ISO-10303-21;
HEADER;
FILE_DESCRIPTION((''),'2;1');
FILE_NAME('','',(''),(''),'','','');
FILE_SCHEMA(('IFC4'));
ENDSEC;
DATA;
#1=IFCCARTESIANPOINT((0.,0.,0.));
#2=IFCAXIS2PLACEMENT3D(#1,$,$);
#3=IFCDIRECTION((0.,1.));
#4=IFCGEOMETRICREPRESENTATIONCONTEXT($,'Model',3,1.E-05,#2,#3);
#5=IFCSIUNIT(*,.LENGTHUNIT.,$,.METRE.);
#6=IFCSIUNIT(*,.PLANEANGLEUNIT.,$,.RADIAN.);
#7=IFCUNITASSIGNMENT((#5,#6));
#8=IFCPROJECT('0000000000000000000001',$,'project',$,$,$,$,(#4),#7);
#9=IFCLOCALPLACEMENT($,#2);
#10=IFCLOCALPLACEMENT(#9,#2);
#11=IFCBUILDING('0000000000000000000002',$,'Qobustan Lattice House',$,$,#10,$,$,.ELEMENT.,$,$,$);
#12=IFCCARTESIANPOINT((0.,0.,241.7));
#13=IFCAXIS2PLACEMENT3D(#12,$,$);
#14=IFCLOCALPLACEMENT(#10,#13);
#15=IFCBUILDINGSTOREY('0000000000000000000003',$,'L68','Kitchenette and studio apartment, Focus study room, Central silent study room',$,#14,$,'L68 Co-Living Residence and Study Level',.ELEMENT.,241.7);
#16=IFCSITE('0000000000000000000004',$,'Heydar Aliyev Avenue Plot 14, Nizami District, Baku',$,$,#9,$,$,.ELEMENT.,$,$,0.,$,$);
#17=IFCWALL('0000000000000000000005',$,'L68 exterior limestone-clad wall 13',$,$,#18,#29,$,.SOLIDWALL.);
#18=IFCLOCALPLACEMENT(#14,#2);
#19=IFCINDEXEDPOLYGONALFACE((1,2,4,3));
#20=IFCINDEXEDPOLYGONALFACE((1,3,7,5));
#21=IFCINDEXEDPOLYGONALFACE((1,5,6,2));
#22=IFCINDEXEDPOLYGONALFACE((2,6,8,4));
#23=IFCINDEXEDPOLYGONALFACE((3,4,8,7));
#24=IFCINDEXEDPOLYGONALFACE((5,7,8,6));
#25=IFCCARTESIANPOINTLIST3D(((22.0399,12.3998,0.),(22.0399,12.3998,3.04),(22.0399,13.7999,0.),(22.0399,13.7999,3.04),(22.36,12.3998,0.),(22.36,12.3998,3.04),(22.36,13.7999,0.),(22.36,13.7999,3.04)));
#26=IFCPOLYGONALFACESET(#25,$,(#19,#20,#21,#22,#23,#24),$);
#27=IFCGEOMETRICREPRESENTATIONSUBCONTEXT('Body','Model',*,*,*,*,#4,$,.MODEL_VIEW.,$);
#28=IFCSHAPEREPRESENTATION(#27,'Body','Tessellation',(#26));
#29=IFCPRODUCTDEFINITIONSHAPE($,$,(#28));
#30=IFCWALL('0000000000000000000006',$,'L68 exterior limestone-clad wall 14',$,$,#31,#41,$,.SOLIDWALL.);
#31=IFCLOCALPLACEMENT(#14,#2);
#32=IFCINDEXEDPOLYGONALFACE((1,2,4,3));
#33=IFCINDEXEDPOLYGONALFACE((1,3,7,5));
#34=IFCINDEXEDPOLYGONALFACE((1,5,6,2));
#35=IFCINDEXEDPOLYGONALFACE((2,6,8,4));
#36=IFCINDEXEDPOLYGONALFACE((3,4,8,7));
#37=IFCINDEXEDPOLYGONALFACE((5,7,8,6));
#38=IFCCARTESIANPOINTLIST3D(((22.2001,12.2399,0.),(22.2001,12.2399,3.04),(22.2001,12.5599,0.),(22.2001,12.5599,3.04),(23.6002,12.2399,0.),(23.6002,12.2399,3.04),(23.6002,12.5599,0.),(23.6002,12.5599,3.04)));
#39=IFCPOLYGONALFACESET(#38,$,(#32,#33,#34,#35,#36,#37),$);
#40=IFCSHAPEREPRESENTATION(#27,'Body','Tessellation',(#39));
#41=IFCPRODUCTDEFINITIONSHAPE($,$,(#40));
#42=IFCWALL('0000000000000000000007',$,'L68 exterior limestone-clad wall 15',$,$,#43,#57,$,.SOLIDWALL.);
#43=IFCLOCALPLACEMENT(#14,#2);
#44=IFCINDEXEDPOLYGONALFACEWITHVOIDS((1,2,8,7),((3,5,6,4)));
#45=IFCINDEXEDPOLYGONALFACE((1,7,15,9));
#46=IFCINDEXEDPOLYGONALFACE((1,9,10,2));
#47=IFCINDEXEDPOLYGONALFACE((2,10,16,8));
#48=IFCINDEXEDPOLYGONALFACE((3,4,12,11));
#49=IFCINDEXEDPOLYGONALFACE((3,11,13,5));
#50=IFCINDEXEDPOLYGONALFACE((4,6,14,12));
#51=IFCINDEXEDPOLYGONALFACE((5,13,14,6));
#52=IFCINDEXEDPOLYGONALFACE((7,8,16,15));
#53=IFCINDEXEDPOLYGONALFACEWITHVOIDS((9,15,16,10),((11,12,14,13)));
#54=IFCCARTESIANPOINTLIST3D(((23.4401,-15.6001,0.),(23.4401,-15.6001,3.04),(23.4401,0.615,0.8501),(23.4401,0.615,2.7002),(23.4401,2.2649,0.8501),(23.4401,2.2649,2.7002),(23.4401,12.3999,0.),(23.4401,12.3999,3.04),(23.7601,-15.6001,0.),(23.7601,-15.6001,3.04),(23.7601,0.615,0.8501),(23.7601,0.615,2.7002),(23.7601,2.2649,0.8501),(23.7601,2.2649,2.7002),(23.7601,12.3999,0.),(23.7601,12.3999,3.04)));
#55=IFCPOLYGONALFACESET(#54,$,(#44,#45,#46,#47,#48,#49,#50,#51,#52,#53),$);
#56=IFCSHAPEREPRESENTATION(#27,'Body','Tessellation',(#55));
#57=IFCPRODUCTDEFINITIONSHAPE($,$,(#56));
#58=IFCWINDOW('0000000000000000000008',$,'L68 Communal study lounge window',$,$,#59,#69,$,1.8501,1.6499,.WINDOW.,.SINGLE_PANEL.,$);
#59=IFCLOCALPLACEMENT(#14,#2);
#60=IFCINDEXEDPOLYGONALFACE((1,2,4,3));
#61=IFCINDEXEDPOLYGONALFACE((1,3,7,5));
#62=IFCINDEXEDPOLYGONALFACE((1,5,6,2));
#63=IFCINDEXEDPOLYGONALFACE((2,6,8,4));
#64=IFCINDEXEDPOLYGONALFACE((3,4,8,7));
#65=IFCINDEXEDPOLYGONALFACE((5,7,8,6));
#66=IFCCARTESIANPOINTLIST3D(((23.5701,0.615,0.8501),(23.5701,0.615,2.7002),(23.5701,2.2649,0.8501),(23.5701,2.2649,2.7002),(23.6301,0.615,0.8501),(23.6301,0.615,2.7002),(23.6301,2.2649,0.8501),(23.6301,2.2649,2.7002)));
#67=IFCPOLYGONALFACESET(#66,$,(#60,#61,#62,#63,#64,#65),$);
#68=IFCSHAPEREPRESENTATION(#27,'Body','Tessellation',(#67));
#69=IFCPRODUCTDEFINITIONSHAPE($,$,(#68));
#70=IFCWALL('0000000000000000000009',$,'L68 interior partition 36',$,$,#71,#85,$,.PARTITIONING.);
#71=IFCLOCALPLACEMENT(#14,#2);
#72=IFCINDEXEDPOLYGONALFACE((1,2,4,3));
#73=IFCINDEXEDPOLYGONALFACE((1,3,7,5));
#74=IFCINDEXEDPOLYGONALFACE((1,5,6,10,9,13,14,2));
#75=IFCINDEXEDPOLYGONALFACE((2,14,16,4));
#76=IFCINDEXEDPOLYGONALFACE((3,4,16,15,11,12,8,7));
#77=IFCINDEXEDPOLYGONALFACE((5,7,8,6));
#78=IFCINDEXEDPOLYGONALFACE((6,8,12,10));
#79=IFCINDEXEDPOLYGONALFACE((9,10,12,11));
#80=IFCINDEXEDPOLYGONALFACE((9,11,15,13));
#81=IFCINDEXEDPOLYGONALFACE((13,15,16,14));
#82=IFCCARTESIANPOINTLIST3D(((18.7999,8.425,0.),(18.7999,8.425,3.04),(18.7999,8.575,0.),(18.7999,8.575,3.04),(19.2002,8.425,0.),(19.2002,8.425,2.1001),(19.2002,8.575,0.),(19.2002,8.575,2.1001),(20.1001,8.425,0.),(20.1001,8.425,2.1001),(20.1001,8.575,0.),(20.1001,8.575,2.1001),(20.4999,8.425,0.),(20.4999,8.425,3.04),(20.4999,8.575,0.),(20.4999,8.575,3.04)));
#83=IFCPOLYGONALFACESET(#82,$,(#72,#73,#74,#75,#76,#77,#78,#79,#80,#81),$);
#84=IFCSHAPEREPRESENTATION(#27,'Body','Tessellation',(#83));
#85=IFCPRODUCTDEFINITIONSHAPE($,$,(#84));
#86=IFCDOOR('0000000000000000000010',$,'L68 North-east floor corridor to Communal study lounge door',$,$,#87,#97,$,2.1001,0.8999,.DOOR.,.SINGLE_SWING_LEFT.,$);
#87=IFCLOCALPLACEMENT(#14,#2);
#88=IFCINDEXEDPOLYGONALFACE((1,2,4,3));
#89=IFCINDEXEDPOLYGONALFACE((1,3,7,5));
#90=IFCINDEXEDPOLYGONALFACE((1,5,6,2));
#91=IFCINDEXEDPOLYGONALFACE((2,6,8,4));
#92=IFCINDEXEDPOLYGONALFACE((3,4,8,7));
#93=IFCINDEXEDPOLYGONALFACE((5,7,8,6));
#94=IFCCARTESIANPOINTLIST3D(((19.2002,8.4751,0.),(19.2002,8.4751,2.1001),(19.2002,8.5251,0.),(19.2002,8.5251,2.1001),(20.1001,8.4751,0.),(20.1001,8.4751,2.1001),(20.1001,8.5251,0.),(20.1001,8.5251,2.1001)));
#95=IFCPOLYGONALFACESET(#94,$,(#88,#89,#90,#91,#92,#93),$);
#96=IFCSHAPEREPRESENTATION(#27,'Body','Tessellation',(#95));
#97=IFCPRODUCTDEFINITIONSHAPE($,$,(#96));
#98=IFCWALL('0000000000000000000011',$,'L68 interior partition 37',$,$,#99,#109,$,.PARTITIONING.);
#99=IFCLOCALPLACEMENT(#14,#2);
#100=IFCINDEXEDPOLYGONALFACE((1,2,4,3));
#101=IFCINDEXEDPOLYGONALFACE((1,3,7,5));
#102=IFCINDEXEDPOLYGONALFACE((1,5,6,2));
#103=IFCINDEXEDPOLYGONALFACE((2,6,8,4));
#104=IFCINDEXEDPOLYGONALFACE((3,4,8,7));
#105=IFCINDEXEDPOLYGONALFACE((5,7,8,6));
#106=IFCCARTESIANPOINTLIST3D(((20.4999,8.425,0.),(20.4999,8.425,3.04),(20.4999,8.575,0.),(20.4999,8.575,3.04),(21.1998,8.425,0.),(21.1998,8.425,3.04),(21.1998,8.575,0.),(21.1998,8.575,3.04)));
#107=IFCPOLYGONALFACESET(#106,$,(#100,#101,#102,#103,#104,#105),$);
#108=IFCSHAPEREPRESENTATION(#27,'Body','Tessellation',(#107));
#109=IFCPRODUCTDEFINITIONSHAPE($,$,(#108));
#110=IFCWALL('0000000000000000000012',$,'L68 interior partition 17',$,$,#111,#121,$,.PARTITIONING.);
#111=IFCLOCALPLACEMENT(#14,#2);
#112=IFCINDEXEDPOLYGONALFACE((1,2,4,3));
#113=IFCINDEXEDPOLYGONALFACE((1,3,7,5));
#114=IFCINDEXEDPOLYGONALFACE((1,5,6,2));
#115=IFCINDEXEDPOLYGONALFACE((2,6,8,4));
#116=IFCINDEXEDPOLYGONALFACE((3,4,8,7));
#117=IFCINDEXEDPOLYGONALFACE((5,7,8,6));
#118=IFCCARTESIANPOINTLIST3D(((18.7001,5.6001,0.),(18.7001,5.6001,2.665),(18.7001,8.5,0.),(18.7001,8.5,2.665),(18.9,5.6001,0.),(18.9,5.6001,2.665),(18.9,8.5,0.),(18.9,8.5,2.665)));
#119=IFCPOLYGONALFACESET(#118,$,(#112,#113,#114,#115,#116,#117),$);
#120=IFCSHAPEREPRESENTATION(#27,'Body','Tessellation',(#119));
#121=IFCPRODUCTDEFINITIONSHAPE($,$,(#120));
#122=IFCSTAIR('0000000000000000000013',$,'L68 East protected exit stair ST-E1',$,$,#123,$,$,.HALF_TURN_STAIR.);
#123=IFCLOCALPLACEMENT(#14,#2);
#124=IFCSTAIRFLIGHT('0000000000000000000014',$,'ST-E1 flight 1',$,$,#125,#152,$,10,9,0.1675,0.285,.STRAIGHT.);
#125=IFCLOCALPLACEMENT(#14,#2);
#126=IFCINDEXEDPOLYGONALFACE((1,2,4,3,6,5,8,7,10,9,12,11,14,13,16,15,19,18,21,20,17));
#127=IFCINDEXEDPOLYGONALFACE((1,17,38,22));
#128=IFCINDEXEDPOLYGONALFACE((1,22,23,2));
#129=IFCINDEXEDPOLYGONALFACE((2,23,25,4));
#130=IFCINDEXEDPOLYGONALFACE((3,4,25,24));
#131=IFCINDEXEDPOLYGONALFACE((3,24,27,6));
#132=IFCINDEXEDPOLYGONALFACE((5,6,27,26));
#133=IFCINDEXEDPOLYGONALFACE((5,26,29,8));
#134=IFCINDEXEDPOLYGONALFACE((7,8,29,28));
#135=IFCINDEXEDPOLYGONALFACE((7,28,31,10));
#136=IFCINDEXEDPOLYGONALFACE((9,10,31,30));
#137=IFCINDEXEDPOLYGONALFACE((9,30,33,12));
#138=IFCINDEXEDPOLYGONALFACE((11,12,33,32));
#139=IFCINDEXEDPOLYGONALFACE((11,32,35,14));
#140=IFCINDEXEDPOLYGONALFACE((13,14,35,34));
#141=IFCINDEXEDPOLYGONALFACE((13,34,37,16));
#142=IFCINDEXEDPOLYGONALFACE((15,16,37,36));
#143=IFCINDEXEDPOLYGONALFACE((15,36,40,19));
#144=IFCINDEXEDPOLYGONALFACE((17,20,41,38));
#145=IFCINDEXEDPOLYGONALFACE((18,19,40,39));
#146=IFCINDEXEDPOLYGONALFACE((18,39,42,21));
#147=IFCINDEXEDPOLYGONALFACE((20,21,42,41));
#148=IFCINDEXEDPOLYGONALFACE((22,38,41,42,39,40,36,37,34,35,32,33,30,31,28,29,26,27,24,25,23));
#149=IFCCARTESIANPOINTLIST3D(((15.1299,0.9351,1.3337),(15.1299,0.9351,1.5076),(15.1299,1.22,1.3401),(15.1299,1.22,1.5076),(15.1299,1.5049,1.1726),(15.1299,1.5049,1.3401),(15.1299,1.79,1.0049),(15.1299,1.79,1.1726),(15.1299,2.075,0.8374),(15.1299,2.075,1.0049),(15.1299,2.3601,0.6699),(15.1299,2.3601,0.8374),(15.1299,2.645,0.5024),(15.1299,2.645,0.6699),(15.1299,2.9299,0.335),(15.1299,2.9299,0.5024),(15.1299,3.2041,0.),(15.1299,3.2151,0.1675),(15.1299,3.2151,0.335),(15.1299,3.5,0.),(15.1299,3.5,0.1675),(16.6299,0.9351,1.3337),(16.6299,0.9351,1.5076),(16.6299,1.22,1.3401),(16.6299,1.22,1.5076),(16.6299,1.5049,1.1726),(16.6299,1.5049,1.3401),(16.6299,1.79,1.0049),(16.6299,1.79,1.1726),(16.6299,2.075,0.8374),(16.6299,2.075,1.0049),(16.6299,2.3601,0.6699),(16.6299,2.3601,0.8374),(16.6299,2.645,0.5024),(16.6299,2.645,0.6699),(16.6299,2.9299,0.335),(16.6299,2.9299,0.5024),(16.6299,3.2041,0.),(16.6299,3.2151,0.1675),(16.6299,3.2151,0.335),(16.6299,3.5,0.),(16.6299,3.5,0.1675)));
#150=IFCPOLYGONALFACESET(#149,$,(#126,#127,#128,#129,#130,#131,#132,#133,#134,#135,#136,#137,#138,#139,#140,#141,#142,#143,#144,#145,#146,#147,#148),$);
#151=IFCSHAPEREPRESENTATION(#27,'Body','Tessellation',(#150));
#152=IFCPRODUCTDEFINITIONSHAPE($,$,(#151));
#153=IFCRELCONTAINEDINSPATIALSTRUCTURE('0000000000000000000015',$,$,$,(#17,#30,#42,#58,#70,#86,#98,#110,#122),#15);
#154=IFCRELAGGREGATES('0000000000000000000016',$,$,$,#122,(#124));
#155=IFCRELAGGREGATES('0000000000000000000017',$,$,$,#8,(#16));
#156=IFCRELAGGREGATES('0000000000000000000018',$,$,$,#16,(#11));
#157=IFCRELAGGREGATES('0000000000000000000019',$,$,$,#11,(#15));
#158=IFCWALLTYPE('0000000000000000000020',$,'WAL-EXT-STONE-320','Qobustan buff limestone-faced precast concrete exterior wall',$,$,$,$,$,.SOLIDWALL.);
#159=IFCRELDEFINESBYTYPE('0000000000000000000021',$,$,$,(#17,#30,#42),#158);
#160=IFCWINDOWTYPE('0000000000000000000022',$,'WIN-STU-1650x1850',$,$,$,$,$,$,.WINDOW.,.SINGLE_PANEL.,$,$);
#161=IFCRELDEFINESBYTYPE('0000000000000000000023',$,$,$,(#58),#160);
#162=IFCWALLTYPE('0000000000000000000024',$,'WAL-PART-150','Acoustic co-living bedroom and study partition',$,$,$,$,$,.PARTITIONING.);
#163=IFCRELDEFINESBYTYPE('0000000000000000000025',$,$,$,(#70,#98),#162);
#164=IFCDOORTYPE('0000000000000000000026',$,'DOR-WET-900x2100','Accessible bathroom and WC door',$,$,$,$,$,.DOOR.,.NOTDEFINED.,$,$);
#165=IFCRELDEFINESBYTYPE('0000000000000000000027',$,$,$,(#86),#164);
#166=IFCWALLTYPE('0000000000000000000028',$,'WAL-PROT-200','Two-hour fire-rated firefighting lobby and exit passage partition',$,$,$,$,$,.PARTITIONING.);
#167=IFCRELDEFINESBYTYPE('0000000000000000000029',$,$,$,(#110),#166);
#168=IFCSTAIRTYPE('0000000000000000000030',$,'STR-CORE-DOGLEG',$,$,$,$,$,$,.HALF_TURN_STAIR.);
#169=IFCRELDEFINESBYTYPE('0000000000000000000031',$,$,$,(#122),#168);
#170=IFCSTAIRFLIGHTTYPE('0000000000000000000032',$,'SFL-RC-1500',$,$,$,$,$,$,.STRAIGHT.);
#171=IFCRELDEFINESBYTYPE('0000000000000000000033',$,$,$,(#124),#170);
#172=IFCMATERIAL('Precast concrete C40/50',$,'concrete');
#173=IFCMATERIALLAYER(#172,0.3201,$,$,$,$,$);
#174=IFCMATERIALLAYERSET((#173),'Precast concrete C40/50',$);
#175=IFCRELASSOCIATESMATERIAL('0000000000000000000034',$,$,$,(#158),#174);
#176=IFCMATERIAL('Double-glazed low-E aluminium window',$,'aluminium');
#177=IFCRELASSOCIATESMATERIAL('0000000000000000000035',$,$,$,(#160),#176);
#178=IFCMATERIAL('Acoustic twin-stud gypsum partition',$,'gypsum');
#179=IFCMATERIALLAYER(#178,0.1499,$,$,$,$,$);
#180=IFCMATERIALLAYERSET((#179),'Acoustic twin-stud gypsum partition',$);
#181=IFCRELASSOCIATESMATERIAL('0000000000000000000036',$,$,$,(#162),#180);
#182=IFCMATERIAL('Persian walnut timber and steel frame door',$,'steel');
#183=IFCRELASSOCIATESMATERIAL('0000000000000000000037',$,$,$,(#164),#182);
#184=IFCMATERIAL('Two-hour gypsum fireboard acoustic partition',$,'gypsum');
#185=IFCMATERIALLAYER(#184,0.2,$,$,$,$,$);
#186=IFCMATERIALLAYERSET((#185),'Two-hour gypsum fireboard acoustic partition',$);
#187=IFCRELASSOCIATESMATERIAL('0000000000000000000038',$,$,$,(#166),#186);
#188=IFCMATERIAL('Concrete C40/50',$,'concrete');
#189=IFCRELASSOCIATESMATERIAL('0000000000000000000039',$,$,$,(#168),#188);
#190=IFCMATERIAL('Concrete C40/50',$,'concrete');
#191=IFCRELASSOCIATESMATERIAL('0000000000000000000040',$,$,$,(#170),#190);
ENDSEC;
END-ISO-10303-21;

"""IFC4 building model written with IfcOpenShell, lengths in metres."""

from ifc_helpers import new_model, si_unit, direction, frame, frame_2d, origin, place, context, subcontext, project, spatial, polyline, rectangle, outline, extrude, material, layer, layer_set, type_object, element, fill, aggregate, save


model = new_model("IFC4")

# Units and contexts
model_context = context("Model", 3, precision=1e-05, world=origin(), true_north=direction((0.0, 1.0)))
body_context = subcontext(model_context, "Body", "Model", "MODEL_VIEW")
ifc_project = project(units=[si_unit("LENGTHUNIT", "METRE"), si_unit("PLANEANGLEUNIT", "RADIAN")], contexts=[model_context])

# Site, building, storey
site_placement = place(None, origin())
site = spatial("IfcSite", under=ifc_project, at=site_placement, Name="Heydar Aliyev Avenue Plot 14, Nizami District, Baku", CompositionType="ELEMENT", RefElevation=0.0)
building_placement = place(site_placement, origin())
building = spatial("IfcBuilding", under=site, at=building_placement, Name="Qobustan Lattice House", CompositionType="ELEMENT")
storey_placement = place(building_placement, frame((0.0, 0.0, 241.7)))
storey = spatial("IfcBuildingStorey", under=building, at=storey_placement, Name="L68", Description="Kitchenette and studio apartment, Focus study room, Central silent study room", LongName="L68 Co-Living Residence and Study Level", CompositionType="ELEMENT", Elevation=241.7)

# Walls
ifc_material_1 = material(Name="Precast concrete C40/50", Category="concrete")
ifc_layer_1 = layer(ifc_material_1, 0.3201)
ifc_layer_set_1 = layer_set([ifc_layer_1], Name="Precast concrete C40/50")
wall_type_1 = type_object("IfcWallType", Name="WAL-EXT-STONE-320", Description="Qobustan buff limestone-faced precast concrete exterior wall", PredefinedType="SOLIDWALL", material=ifc_layer_set_1)
for number, where, z_axis, x_axis, name in (
    (1, (22.2, 13.8, 0.0), (0.0, 0.0, 1.0), (0.0, -1.0, 0.0), "L68 exterior limestone-clad wall 13"),
    (2, (22.2, 12.3999, 0.0), (0.0, 0.0, 1.0), (1.0, 0.0, 0.0), "L68 exterior limestone-clad wall 14"),
):
    element("IfcWall", number, at=place(storey_placement, frame(where, z_axis=z_axis, x_axis=x_axis)), inside=storey, type_object=wall_type_1, Name=name, PredefinedType="SOLIDWALL", context=body_context, shape_type="SweptSolid", body=[
        extrude(rectangle(XDim=1.4001, YDim=0.3201, at=frame_2d((0.7002, 0.0))), origin(), (0.0, 0.0, 1.0), 3.04),
    ])

# Wall, opening, window
wall_1_placement = place(storey_placement, frame((23.6001, 12.3999, 0.0), z_axis=(0.0, 0.0, 1.0), x_axis=(0.0, -1.0, 0.0)))
wall_1 = element("IfcWall", 3, at=wall_1_placement, inside=storey, type_object=wall_type_1, Name="L68 exterior limestone-clad wall 15", PredefinedType="SOLIDWALL", context=body_context, shape_type="SweptSolid", body=[
    extrude(rectangle(XDim=28.0, YDim=0.3201, at=frame_2d((14.0, 0.0))), origin(), (0.0, 0.0, 1.0), 3.04),
])
opening_1_placement = place(wall_1_placement, frame((10.135, 0.0, 0.8501)))
opening_1 = element("IfcOpeningElement", 4, at=opening_1_placement, cuts=wall_1, PredefinedType="OPENING", context=body_context, shape_type="SweptSolid", body=[
    extrude(rectangle(XDim=1.6499, YDim=1.8501, at=frame_2d((0.825, 0.925))), frame((0.0, 0.1699, 0.0), z_axis=(0.0, -1.0, 0.0), x_axis=(1.0, 0.0, 0.0)), (0.0, 0.0, 1.0), 0.3401),
])
ifc_material_2 = material(Name="Double-glazed low-E aluminium window", Category="aluminium")
window_type = type_object("IfcWindowType", Name="WIN-STU-1650x1850", PartitioningType="SINGLE_PANEL", PredefinedType="WINDOW", material=ifc_material_2)
window_placement = place(opening_1_placement, origin())
window = element("IfcWindow", 5, at=window_placement, inside=storey, type_object=window_type, Name="L68 Communal study lounge window", OverallHeight=1.8501, OverallWidth=1.6499, PartitioningType="SINGLE_PANEL", PredefinedType="WINDOW", context=body_context, shape_type="SweptSolid", body=[
    extrude(rectangle(XDim=1.6499, YDim=1.8501, at=frame_2d((0.825, 0.925))), frame((0.0, 0.03, 0.0), z_axis=(0.0, -1.0, 0.0), x_axis=(1.0, 0.0, 0.0)), (0.0, 0.0, 1.0), 0.0601),
])
fill(opening_1, window)

# Wall, opening, door
ifc_material_3 = material(Name="Acoustic twin-stud gypsum partition", Category="gypsum")
ifc_layer_2 = layer(ifc_material_3, 0.1499)
ifc_layer_set_2 = layer_set([ifc_layer_2], Name="Acoustic twin-stud gypsum partition")
wall_type_2 = type_object("IfcWallType", Name="WAL-PART-150", Description="Acoustic co-living bedroom and study partition", PredefinedType="PARTITIONING", material=ifc_layer_set_2)
wall_2_placement = place(storey_placement, frame((20.5, 8.5, 0.0), z_axis=(0.0, 0.0, 1.0), x_axis=(-1.0, 0.0, 0.0)))
wall_2 = element("IfcWall", 6, at=wall_2_placement, inside=storey, type_object=wall_type_2, Name="L68 interior partition 36", PredefinedType="PARTITIONING", context=body_context, shape_type="SweptSolid", body=[
    extrude(rectangle(XDim=1.7, YDim=0.1499, at=frame_2d((0.8501, 0.0))), origin(), (0.0, 0.0, 1.0), 3.04),
])
opening_2_placement = place(wall_2_placement, frame((0.3999, 0.0, 0.0)))
opening_2 = element("IfcOpeningElement", 7, at=opening_2_placement, cuts=wall_2, PredefinedType="OPENING", context=body_context, shape_type="SweptSolid", body=[
    extrude(rectangle(XDim=0.8999, YDim=2.1001, at=frame_2d((0.45, 1.05))), frame((0.0, 0.085, 0.0), z_axis=(0.0, -1.0, 0.0), x_axis=(1.0, 0.0, 0.0)), (0.0, 0.0, 1.0), 0.1699),
])
ifc_material_4 = material(Name="Persian walnut timber and steel frame door", Category="steel")
door_type_1 = type_object("IfcDoorType", Name="DOR-WET-900x2100", Description="Accessible bathroom and WC door", OperationType="NOTDEFINED", PredefinedType="DOOR", material=ifc_material_4)
door_1_placement = place(opening_2_placement, origin())
door_1 = element("IfcDoor", 8, at=door_1_placement, inside=storey, type_object=door_type_1, Name="L68 North-east floor corridor to Communal study lounge door", OperationType="SINGLE_SWING_LEFT", OverallHeight=2.1001, OverallWidth=0.8999, PredefinedType="DOOR", context=body_context, shape_type="SweptSolid", body=[
    extrude(rectangle(XDim=0.8999, YDim=2.1001, at=frame_2d((0.45, 1.05))), frame((0.0, 0.0249, 0.0), z_axis=(0.0, -1.0, 0.0), x_axis=(1.0, 0.0, 0.0)), (0.0, 0.0, 1.0), 0.05),
])
fill(opening_2, door_1)

# Wall
wall_3_placement = place(storey_placement, frame((21.2, 8.5, 0.0), z_axis=(0.0, 0.0, 1.0), x_axis=(-1.0, 0.0, 0.0)))
element("IfcWall", 9, at=wall_3_placement, inside=storey, type_object=wall_type_2, Name="L68 interior partition 37", PredefinedType="PARTITIONING", context=body_context, shape_type="SweptSolid", body=[
    extrude(rectangle(XDim=0.7, YDim=0.1499, at=frame_2d((0.3501, 0.0))), origin(), (0.0, 0.0, 1.0), 3.04),
])

# Shared definitions
ifc_material_5 = material(Name="Two-hour gypsum fireboard acoustic partition", Category="gypsum")
ifc_layer_3 = layer(ifc_material_5, 0.2)
ifc_layer_set_3 = layer_set([ifc_layer_3], Name="Two-hour gypsum fireboard acoustic partition")
wall_type_3 = type_object("IfcWallType", Name="WAL-PROT-200", Description="Two-hour fire-rated firefighting lobby and exit passage partition", PredefinedType="PARTITIONING", material=ifc_layer_set_3)

# Wall
wall_4_placement = place(storey_placement, frame((18.8, 5.6001, 0.0), z_axis=(0.0, 0.0, 1.0), x_axis=(0.0, 1.0, 0.0)))
element("IfcWall", 10, at=wall_4_placement, inside=storey, type_object=wall_type_3, Name="L68 interior partition 17", PredefinedType="PARTITIONING", context=body_context, shape_type="SweptSolid", body=[
    extrude(rectangle(XDim=2.8999, YDim=0.2, at=frame_2d((1.45, 0.0))), origin(), (0.0, 0.0, 1.0), 2.665),
])

# Stair, stair flight
ifc_material_6 = material(Name="Concrete C40/50", Category="concrete")
stair_type = type_object("IfcStairType", Name="STR-CORE-DOGLEG", PredefinedType="HALF_TURN_STAIR", material=ifc_material_6)
stair_placement = place(storey_placement, origin())
stair = element("IfcStair", 11, at=stair_placement, inside=storey, type_object=stair_type, Name="L68 East protected exit stair ST-E1", PredefinedType="HALF_TURN_STAIR")
ifc_material_7 = material(Name="Concrete C40/50", Category="concrete")
stair_flight_type = type_object("IfcStairFlightType", Name="SFL-RC-1500", PredefinedType="STRAIGHT", material=ifc_material_7)
stair_flight_1_placement = place(storey_placement, frame((15.8799, 3.5, 0.0), z_axis=(0.0, 0.0, 1.0), x_axis=(0.0, -1.0, 0.0)))
stair_flight_1 = element("IfcStairFlight", 12, at=stair_flight_1_placement, type_object=stair_flight_type, Name="ST-E1 flight 1", NumberOfRisers=10, NumberOfTreads=9, PredefinedType="STRAIGHT", RiserHeight=0.1675, TreadLength=0.285, context=body_context, shape_type="SweptSolid", body=[
    extrude(outline(polyline([(0.0, 0.0), (0.0, 0.1675), (0.2849, 0.1675), (0.2849, 0.335), (0.5701, 0.335), (0.5701, 0.5024), (0.855, 0.5024), (0.855, 0.6699), (1.1399, 0.6699), (1.1399, 0.8374), (1.425, 0.8374), (1.425, 1.0049), (1.71, 1.0049), (1.71, 1.1726), (1.9951, 1.1726), (1.9951, 1.3401), (2.28, 1.3401), (2.28, 1.5076), (2.5649, 1.5076), (2.5649, 1.675), (2.5649, 1.3337), (0.2959, 0.0), (0.0, 0.0)])), frame((0.0, 0.75, 0.0), z_axis=(0.0, -1.0, 0.0), x_axis=(1.0, 0.0, 0.0)), (0.0, 0.0, 1.0), 1.5),
])
aggregate(stair, [stair_flight_1])

save(model, "model.ifc")
